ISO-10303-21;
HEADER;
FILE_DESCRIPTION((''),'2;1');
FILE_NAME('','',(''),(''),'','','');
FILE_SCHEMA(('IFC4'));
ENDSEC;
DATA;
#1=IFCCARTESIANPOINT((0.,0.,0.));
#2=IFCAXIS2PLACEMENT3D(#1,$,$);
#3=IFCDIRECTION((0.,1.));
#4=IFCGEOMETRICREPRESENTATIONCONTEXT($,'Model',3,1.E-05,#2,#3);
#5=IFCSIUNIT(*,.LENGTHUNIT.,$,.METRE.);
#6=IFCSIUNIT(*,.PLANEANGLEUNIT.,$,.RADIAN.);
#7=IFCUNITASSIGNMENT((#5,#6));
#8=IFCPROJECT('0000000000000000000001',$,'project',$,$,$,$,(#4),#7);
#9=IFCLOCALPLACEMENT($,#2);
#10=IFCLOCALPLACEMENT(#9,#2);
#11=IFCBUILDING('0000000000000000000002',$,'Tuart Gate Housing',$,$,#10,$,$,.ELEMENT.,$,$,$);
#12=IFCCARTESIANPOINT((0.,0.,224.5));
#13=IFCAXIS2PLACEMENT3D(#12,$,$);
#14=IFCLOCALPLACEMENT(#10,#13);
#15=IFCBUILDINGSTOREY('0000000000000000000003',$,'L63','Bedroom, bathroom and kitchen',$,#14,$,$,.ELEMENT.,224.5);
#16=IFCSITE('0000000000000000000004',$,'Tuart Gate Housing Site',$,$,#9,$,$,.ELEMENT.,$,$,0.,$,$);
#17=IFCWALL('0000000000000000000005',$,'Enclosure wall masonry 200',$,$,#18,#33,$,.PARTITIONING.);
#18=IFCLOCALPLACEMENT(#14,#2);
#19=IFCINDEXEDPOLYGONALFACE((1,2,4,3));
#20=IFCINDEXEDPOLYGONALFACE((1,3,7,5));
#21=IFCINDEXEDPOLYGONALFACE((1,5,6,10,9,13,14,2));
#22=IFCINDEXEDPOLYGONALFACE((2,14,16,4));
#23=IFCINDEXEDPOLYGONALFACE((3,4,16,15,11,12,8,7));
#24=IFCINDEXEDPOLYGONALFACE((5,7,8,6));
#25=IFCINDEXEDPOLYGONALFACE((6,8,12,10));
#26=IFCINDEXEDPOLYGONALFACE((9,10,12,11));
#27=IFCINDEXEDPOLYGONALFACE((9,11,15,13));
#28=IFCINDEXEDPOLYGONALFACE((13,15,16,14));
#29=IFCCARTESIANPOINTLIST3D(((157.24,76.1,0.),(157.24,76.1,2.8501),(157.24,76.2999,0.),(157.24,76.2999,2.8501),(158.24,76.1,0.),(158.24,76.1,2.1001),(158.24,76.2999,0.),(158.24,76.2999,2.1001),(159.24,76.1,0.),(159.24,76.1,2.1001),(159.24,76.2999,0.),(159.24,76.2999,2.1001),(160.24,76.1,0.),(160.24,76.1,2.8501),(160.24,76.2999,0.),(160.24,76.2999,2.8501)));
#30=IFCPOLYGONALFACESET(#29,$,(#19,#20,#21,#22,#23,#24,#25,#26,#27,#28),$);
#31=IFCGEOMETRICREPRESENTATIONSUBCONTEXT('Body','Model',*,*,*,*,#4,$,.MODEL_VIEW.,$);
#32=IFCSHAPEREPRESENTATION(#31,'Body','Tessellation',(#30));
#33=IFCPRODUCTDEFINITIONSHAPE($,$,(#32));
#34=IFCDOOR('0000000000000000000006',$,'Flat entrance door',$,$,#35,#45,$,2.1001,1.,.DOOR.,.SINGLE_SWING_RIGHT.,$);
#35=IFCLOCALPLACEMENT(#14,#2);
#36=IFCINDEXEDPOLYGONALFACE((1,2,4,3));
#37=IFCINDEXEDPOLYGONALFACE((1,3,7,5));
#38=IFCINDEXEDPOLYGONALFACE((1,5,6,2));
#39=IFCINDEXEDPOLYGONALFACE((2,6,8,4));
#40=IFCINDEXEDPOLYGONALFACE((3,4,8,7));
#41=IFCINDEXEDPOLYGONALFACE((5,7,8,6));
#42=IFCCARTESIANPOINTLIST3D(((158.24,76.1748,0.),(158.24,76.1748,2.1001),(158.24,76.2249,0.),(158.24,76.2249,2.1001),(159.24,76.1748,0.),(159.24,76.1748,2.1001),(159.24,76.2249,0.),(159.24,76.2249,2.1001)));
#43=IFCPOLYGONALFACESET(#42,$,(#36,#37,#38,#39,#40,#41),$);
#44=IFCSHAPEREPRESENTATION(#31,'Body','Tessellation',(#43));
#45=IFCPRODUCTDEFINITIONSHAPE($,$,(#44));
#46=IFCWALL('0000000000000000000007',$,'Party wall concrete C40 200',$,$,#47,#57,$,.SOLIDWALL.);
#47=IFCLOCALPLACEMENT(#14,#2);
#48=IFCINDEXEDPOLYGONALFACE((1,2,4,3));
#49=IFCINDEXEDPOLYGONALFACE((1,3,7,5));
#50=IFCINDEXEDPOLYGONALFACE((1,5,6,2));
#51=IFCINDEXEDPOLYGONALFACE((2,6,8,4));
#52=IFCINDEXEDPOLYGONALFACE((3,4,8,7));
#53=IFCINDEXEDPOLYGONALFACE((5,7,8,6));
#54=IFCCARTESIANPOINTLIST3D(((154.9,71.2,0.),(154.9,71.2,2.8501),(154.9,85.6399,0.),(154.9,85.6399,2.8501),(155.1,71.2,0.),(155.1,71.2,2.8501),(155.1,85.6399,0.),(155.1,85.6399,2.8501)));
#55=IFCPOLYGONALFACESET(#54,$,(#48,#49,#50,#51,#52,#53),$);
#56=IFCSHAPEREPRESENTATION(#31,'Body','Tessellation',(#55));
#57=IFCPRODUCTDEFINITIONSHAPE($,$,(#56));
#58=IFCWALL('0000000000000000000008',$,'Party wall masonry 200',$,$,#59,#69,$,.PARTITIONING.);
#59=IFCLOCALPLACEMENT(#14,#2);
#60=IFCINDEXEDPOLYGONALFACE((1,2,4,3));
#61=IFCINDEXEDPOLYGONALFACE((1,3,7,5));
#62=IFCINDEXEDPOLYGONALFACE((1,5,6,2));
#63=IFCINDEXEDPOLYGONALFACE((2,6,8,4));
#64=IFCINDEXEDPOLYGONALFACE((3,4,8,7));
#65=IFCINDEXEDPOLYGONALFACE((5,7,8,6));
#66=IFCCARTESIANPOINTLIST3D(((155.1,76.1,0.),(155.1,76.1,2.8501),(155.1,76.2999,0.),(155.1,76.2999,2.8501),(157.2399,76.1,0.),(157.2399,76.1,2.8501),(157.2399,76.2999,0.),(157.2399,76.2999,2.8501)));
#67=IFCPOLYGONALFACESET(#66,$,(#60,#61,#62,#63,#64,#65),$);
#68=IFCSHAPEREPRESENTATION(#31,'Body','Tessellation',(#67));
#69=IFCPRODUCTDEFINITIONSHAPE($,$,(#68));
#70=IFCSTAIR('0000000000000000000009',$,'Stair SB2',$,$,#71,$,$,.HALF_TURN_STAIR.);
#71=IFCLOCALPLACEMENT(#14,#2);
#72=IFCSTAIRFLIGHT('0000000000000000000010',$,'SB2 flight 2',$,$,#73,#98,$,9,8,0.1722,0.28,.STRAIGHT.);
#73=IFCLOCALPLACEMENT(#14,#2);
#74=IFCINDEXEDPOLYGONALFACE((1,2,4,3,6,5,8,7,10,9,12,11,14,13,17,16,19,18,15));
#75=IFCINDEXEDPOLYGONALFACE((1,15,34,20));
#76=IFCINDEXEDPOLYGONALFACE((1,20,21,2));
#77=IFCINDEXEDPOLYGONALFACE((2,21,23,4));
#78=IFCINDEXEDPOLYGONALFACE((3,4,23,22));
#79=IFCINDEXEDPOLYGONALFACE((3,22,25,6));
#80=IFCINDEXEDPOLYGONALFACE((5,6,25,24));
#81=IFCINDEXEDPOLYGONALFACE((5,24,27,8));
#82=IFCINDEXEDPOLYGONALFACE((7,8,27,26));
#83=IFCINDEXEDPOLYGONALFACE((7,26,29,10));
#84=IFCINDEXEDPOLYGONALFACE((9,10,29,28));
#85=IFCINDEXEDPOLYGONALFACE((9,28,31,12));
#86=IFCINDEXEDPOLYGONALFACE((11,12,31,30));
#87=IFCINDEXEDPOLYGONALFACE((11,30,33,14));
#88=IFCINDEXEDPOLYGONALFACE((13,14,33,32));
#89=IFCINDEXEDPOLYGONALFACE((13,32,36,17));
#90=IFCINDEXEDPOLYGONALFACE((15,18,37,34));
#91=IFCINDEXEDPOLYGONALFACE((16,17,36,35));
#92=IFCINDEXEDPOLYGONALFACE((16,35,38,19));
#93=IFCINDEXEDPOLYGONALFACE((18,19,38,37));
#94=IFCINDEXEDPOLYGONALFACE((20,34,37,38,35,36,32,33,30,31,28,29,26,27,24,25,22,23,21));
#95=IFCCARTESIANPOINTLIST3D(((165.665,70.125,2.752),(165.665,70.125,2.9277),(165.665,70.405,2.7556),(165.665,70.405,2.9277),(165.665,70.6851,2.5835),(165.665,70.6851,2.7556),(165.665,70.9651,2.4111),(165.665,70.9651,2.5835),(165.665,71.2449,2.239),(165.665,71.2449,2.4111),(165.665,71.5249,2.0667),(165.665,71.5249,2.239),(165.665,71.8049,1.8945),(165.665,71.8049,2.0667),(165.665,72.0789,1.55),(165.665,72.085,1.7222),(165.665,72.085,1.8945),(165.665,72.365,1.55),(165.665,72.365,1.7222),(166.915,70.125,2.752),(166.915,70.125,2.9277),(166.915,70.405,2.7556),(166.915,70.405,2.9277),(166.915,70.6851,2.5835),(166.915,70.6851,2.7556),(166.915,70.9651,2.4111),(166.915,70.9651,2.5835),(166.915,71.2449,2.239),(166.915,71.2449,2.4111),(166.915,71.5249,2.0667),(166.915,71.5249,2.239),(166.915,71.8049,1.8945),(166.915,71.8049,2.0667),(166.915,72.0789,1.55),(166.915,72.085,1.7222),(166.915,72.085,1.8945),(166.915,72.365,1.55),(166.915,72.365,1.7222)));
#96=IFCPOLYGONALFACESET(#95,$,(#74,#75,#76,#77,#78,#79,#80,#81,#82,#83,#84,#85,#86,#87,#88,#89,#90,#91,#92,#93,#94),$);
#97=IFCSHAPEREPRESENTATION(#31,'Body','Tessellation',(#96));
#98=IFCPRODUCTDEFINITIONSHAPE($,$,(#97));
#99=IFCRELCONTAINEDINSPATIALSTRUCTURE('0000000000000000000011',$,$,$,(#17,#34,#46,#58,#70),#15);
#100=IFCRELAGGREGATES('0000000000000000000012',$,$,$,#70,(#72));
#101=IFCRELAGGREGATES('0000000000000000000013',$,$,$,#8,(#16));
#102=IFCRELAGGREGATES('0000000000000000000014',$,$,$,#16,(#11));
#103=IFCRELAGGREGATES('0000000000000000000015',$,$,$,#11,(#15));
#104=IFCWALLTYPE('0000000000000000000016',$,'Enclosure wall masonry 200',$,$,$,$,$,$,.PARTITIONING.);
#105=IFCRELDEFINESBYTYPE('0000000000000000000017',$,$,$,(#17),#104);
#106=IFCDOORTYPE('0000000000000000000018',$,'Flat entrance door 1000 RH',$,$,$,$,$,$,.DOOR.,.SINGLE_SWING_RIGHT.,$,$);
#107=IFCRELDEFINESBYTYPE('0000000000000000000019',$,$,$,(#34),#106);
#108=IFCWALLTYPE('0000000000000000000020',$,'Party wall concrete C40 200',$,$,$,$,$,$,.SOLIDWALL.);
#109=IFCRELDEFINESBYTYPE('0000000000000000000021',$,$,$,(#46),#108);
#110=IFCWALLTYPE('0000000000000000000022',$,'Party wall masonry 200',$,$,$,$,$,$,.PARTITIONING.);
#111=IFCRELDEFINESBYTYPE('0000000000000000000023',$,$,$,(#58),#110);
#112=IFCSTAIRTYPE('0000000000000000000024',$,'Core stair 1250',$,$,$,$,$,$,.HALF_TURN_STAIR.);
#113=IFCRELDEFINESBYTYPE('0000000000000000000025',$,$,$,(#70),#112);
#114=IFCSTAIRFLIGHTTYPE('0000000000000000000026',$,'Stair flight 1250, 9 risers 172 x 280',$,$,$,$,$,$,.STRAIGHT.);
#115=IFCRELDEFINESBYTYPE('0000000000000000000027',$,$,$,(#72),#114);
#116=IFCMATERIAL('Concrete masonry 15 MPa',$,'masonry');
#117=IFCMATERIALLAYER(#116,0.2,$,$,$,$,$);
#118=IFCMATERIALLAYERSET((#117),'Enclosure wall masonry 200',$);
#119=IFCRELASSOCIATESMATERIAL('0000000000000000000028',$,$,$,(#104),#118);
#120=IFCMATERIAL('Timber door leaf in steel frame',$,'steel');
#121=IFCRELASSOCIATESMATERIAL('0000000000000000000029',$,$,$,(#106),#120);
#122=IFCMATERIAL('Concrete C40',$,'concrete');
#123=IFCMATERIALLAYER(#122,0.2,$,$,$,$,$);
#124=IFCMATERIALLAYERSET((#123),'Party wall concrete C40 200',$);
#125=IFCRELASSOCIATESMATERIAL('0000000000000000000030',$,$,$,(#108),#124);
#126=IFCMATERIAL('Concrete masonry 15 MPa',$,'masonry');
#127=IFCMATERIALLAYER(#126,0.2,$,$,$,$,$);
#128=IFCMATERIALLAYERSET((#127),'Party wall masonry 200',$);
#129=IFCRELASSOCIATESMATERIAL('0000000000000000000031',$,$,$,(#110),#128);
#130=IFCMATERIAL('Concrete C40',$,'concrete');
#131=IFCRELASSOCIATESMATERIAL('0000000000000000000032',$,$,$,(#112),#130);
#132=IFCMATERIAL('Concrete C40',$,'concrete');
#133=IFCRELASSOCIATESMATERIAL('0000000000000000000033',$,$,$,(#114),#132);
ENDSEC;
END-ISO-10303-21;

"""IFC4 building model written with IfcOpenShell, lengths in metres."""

from ifc_helpers import new_model, si_unit, direction, frame, frame_2d, origin, place, context, subcontext, project, spatial, polyline, rectangle, outline, extrude, material, layer, layer_set, type_object, element, fill, aggregate, save


model = new_model("IFC4")

# Units and contexts
model_context = context("Model", 3, precision=1e-05, world=origin(), true_north=direction((0.0, 1.0)))
body_context = subcontext(model_context, "Body", "Model", "MODEL_VIEW")
ifc_project = project(units=[si_unit("LENGTHUNIT", "METRE"), si_unit("PLANEANGLEUNIT", "RADIAN")], contexts=[model_context])

# Site, building, storey
site_placement = place(None, origin())
site = spatial("IfcSite", under=ifc_project, at=site_placement, Name="Tuart Gate Housing Site", CompositionType="ELEMENT", RefElevation=0.0)
building_placement = place(site_placement, origin())
building = spatial("IfcBuilding", under=site, at=building_placement, Name="Tuart Gate Housing", CompositionType="ELEMENT")
storey_placement = place(building_placement, frame((0.0, 0.0, 224.5)))
storey = spatial("IfcBuildingStorey", under=building, at=storey_placement, Name="L63", Description="Bedroom, bathroom and kitchen", CompositionType="ELEMENT", Elevation=224.5)

# Wall, opening, door
ifc_material_1 = material(Name="Concrete masonry 15 MPa", Category="masonry")
ifc_layer_1 = layer(ifc_material_1, 0.2)
ifc_layer_set_1 = layer_set([ifc_layer_1], Name="Enclosure wall masonry 200")
wall_type_1 = type_object("IfcWallType", Name="Enclosure wall masonry 200", PredefinedType="PARTITIONING", material=ifc_layer_set_1)
wall_1_placement = place(storey_placement, frame((157.24, 76.2, 0.0), z_axis=(0.0, 0.0, 1.0), x_axis=(1.0, 0.0, 0.0)))
wall_1 = element("IfcWall", 1, at=wall_1_placement, inside=storey, type_object=wall_type_1, Name="Enclosure wall masonry 200", PredefinedType="PARTITIONING", context=body_context, shape_type="SweptSolid", body=[
    extrude(rectangle(XDim=3.0, YDim=0.2, at=frame_2d((1.5, 0.0))), origin(), (0.0, 0.0, 1.0), 2.8501),
])
opening_1_placement = place(wall_1_placement, frame((1.0, 0.0, 0.0)))
opening_1 = element("IfcOpeningElement", 2, at=opening_1_placement, cuts=wall_1, PredefinedType="OPENING", context=body_context, shape_type="SweptSolid", body=[
    extrude(rectangle(XDim=1.0, YDim=2.1001, at=frame_2d((0.5, 1.05))), frame((0.0, 0.1099, 0.0), z_axis=(0.0, -1.0, 0.0), x_axis=(1.0, 0.0, 0.0)), (0.0, 0.0, 1.0), 0.22),
])
ifc_material_2 = material(Name="Timber door leaf in steel frame", Category="steel")
door_type_1 = type_object("IfcDoorType", Name="Flat entrance door 1000 RH", OperationType="SINGLE_SWING_RIGHT", PredefinedType="DOOR", material=ifc_material_2)
door_1_placement = place(opening_1_placement, origin())
door_1 = element("IfcDoor", 3, at=door_1_placement, inside=storey, type_object=door_type_1, Name="Flat entrance door", OperationType="SINGLE_SWING_RIGHT", OverallHeight=2.1001, OverallWidth=1.0, PredefinedType="DOOR", context=body_context, shape_type="SweptSolid", body=[
    extrude(rectangle(XDim=1.0, YDim=2.1001, at=frame_2d((0.5, 1.05))), frame((0.0, 0.0249, 0.0), z_axis=(0.0, -1.0, 0.0), x_axis=(1.0, 0.0, 0.0)), (0.0, 0.0, 1.0), 0.05),
])
fill(opening_1, door_1)

# Walls
ifc_material_3 = material(Name="Concrete C40", Category="concrete")
ifc_layer_2 = layer(ifc_material_3, 0.2)
ifc_layer_set_2 = layer_set([ifc_layer_2], Name="Party wall concrete C40 200")
wall_type_2 = type_object("IfcWallType", Name="Party wall concrete C40 200", PredefinedType="SOLIDWALL", material=ifc_layer_set_2)
wall_2_placement = place(storey_placement, frame((155.0, 71.2, 0.0), z_axis=(0.0, 0.0, 1.0), x_axis=(0.0, 1.0, 0.0)))
element("IfcWall", 4, at=wall_2_placement, inside=storey, type_object=wall_type_2, Name="Party wall concrete C40 200", PredefinedType="SOLIDWALL", context=body_context, shape_type="SweptSolid", body=[
    extrude(rectangle(XDim=14.4399, YDim=0.2, at=frame_2d((7.22, 0.0))), origin(), (0.0, 0.0, 1.0), 2.8501),
])
ifc_material_4 = material(Name="Concrete masonry 15 MPa", Category="masonry")
ifc_layer_3 = layer(ifc_material_4, 0.2)
ifc_layer_set_3 = layer_set([ifc_layer_3], Name="Party wall masonry 200")
wall_type_3 = type_object("IfcWallType", Name="Party wall masonry 200", PredefinedType="PARTITIONING", material=ifc_layer_set_3)
wall_3_placement = place(storey_placement, frame((155.1001, 76.2, 0.0), z_axis=(0.0, 0.0, 1.0), x_axis=(1.0, 0.0, 0.0)))
element("IfcWall", 5, at=wall_3_placement, inside=storey, type_object=wall_type_3, Name="Party wall masonry 200", PredefinedType="PARTITIONING", context=body_context, shape_type="SweptSolid", body=[
    extrude(rectangle(XDim=2.1399, YDim=0.2, at=frame_2d((1.0698, 0.0))), origin(), (0.0, 0.0, 1.0), 2.8501),
])

# Stair, stair flight
ifc_material_5 = material(Name="Concrete C40", Category="concrete")
stair_type = type_object("IfcStairType", Name="Core stair 1250", PredefinedType="HALF_TURN_STAIR", material=ifc_material_5)
stair_placement = place(storey_placement, origin())
stair = element("IfcStair", 6, at=stair_placement, inside=storey, type_object=stair_type, Name="Stair SB2", PredefinedType="HALF_TURN_STAIR")
ifc_material_6 = material(Name="Concrete C40", Category="concrete")
stair_flight_type = type_object("IfcStairFlightType", Name="Stair flight 1250, 9 risers 172 x 280", PredefinedType="STRAIGHT", material=ifc_material_6)
stair_flight_placement = place(storey_placement, frame((166.29, 72.365, 1.55), z_axis=(0.0, 0.0, 1.0), x_axis=(0.0, -1.0, 0.0)))
stair_flight = element("IfcStairFlight", 7, at=stair_flight_placement, type_object=stair_flight_type, Name="SB2 flight 2", NumberOfRisers=9, NumberOfTreads=8, PredefinedType="STRAIGHT", RiserHeight=0.1722, TreadLength=0.28, context=body_context, shape_type="SweptSolid", body=[
    extrude(outline(polyline([(0.0, 0.0), (0.0, 0.1721), (0.28, 0.1721), (0.28, 0.3445), (0.5601, 0.3445), (0.5601, 0.5166), (0.8401, 0.5166), (0.8401, 0.689), (1.1201, 0.689), (1.1201, 0.8611), (1.3999, 0.8611), (1.3999, 1.0334), (1.6799, 1.0334), (1.6799, 1.2056), (1.96, 1.2056), (1.96, 1.3777), (2.24, 1.3777), (2.24, 1.55), (2.24, 1.2019), (0.2861, 0.0), (0.0, 0.0)])), frame((0.0, 0.625, 0.0), z_axis=(0.0, -1.0, 0.0), x_axis=(1.0, 0.0, 0.0)), (0.0, 0.0, 1.0), 1.25),
])
aggregate(stair, [stair_flight])

save(model, "model.ifc")
